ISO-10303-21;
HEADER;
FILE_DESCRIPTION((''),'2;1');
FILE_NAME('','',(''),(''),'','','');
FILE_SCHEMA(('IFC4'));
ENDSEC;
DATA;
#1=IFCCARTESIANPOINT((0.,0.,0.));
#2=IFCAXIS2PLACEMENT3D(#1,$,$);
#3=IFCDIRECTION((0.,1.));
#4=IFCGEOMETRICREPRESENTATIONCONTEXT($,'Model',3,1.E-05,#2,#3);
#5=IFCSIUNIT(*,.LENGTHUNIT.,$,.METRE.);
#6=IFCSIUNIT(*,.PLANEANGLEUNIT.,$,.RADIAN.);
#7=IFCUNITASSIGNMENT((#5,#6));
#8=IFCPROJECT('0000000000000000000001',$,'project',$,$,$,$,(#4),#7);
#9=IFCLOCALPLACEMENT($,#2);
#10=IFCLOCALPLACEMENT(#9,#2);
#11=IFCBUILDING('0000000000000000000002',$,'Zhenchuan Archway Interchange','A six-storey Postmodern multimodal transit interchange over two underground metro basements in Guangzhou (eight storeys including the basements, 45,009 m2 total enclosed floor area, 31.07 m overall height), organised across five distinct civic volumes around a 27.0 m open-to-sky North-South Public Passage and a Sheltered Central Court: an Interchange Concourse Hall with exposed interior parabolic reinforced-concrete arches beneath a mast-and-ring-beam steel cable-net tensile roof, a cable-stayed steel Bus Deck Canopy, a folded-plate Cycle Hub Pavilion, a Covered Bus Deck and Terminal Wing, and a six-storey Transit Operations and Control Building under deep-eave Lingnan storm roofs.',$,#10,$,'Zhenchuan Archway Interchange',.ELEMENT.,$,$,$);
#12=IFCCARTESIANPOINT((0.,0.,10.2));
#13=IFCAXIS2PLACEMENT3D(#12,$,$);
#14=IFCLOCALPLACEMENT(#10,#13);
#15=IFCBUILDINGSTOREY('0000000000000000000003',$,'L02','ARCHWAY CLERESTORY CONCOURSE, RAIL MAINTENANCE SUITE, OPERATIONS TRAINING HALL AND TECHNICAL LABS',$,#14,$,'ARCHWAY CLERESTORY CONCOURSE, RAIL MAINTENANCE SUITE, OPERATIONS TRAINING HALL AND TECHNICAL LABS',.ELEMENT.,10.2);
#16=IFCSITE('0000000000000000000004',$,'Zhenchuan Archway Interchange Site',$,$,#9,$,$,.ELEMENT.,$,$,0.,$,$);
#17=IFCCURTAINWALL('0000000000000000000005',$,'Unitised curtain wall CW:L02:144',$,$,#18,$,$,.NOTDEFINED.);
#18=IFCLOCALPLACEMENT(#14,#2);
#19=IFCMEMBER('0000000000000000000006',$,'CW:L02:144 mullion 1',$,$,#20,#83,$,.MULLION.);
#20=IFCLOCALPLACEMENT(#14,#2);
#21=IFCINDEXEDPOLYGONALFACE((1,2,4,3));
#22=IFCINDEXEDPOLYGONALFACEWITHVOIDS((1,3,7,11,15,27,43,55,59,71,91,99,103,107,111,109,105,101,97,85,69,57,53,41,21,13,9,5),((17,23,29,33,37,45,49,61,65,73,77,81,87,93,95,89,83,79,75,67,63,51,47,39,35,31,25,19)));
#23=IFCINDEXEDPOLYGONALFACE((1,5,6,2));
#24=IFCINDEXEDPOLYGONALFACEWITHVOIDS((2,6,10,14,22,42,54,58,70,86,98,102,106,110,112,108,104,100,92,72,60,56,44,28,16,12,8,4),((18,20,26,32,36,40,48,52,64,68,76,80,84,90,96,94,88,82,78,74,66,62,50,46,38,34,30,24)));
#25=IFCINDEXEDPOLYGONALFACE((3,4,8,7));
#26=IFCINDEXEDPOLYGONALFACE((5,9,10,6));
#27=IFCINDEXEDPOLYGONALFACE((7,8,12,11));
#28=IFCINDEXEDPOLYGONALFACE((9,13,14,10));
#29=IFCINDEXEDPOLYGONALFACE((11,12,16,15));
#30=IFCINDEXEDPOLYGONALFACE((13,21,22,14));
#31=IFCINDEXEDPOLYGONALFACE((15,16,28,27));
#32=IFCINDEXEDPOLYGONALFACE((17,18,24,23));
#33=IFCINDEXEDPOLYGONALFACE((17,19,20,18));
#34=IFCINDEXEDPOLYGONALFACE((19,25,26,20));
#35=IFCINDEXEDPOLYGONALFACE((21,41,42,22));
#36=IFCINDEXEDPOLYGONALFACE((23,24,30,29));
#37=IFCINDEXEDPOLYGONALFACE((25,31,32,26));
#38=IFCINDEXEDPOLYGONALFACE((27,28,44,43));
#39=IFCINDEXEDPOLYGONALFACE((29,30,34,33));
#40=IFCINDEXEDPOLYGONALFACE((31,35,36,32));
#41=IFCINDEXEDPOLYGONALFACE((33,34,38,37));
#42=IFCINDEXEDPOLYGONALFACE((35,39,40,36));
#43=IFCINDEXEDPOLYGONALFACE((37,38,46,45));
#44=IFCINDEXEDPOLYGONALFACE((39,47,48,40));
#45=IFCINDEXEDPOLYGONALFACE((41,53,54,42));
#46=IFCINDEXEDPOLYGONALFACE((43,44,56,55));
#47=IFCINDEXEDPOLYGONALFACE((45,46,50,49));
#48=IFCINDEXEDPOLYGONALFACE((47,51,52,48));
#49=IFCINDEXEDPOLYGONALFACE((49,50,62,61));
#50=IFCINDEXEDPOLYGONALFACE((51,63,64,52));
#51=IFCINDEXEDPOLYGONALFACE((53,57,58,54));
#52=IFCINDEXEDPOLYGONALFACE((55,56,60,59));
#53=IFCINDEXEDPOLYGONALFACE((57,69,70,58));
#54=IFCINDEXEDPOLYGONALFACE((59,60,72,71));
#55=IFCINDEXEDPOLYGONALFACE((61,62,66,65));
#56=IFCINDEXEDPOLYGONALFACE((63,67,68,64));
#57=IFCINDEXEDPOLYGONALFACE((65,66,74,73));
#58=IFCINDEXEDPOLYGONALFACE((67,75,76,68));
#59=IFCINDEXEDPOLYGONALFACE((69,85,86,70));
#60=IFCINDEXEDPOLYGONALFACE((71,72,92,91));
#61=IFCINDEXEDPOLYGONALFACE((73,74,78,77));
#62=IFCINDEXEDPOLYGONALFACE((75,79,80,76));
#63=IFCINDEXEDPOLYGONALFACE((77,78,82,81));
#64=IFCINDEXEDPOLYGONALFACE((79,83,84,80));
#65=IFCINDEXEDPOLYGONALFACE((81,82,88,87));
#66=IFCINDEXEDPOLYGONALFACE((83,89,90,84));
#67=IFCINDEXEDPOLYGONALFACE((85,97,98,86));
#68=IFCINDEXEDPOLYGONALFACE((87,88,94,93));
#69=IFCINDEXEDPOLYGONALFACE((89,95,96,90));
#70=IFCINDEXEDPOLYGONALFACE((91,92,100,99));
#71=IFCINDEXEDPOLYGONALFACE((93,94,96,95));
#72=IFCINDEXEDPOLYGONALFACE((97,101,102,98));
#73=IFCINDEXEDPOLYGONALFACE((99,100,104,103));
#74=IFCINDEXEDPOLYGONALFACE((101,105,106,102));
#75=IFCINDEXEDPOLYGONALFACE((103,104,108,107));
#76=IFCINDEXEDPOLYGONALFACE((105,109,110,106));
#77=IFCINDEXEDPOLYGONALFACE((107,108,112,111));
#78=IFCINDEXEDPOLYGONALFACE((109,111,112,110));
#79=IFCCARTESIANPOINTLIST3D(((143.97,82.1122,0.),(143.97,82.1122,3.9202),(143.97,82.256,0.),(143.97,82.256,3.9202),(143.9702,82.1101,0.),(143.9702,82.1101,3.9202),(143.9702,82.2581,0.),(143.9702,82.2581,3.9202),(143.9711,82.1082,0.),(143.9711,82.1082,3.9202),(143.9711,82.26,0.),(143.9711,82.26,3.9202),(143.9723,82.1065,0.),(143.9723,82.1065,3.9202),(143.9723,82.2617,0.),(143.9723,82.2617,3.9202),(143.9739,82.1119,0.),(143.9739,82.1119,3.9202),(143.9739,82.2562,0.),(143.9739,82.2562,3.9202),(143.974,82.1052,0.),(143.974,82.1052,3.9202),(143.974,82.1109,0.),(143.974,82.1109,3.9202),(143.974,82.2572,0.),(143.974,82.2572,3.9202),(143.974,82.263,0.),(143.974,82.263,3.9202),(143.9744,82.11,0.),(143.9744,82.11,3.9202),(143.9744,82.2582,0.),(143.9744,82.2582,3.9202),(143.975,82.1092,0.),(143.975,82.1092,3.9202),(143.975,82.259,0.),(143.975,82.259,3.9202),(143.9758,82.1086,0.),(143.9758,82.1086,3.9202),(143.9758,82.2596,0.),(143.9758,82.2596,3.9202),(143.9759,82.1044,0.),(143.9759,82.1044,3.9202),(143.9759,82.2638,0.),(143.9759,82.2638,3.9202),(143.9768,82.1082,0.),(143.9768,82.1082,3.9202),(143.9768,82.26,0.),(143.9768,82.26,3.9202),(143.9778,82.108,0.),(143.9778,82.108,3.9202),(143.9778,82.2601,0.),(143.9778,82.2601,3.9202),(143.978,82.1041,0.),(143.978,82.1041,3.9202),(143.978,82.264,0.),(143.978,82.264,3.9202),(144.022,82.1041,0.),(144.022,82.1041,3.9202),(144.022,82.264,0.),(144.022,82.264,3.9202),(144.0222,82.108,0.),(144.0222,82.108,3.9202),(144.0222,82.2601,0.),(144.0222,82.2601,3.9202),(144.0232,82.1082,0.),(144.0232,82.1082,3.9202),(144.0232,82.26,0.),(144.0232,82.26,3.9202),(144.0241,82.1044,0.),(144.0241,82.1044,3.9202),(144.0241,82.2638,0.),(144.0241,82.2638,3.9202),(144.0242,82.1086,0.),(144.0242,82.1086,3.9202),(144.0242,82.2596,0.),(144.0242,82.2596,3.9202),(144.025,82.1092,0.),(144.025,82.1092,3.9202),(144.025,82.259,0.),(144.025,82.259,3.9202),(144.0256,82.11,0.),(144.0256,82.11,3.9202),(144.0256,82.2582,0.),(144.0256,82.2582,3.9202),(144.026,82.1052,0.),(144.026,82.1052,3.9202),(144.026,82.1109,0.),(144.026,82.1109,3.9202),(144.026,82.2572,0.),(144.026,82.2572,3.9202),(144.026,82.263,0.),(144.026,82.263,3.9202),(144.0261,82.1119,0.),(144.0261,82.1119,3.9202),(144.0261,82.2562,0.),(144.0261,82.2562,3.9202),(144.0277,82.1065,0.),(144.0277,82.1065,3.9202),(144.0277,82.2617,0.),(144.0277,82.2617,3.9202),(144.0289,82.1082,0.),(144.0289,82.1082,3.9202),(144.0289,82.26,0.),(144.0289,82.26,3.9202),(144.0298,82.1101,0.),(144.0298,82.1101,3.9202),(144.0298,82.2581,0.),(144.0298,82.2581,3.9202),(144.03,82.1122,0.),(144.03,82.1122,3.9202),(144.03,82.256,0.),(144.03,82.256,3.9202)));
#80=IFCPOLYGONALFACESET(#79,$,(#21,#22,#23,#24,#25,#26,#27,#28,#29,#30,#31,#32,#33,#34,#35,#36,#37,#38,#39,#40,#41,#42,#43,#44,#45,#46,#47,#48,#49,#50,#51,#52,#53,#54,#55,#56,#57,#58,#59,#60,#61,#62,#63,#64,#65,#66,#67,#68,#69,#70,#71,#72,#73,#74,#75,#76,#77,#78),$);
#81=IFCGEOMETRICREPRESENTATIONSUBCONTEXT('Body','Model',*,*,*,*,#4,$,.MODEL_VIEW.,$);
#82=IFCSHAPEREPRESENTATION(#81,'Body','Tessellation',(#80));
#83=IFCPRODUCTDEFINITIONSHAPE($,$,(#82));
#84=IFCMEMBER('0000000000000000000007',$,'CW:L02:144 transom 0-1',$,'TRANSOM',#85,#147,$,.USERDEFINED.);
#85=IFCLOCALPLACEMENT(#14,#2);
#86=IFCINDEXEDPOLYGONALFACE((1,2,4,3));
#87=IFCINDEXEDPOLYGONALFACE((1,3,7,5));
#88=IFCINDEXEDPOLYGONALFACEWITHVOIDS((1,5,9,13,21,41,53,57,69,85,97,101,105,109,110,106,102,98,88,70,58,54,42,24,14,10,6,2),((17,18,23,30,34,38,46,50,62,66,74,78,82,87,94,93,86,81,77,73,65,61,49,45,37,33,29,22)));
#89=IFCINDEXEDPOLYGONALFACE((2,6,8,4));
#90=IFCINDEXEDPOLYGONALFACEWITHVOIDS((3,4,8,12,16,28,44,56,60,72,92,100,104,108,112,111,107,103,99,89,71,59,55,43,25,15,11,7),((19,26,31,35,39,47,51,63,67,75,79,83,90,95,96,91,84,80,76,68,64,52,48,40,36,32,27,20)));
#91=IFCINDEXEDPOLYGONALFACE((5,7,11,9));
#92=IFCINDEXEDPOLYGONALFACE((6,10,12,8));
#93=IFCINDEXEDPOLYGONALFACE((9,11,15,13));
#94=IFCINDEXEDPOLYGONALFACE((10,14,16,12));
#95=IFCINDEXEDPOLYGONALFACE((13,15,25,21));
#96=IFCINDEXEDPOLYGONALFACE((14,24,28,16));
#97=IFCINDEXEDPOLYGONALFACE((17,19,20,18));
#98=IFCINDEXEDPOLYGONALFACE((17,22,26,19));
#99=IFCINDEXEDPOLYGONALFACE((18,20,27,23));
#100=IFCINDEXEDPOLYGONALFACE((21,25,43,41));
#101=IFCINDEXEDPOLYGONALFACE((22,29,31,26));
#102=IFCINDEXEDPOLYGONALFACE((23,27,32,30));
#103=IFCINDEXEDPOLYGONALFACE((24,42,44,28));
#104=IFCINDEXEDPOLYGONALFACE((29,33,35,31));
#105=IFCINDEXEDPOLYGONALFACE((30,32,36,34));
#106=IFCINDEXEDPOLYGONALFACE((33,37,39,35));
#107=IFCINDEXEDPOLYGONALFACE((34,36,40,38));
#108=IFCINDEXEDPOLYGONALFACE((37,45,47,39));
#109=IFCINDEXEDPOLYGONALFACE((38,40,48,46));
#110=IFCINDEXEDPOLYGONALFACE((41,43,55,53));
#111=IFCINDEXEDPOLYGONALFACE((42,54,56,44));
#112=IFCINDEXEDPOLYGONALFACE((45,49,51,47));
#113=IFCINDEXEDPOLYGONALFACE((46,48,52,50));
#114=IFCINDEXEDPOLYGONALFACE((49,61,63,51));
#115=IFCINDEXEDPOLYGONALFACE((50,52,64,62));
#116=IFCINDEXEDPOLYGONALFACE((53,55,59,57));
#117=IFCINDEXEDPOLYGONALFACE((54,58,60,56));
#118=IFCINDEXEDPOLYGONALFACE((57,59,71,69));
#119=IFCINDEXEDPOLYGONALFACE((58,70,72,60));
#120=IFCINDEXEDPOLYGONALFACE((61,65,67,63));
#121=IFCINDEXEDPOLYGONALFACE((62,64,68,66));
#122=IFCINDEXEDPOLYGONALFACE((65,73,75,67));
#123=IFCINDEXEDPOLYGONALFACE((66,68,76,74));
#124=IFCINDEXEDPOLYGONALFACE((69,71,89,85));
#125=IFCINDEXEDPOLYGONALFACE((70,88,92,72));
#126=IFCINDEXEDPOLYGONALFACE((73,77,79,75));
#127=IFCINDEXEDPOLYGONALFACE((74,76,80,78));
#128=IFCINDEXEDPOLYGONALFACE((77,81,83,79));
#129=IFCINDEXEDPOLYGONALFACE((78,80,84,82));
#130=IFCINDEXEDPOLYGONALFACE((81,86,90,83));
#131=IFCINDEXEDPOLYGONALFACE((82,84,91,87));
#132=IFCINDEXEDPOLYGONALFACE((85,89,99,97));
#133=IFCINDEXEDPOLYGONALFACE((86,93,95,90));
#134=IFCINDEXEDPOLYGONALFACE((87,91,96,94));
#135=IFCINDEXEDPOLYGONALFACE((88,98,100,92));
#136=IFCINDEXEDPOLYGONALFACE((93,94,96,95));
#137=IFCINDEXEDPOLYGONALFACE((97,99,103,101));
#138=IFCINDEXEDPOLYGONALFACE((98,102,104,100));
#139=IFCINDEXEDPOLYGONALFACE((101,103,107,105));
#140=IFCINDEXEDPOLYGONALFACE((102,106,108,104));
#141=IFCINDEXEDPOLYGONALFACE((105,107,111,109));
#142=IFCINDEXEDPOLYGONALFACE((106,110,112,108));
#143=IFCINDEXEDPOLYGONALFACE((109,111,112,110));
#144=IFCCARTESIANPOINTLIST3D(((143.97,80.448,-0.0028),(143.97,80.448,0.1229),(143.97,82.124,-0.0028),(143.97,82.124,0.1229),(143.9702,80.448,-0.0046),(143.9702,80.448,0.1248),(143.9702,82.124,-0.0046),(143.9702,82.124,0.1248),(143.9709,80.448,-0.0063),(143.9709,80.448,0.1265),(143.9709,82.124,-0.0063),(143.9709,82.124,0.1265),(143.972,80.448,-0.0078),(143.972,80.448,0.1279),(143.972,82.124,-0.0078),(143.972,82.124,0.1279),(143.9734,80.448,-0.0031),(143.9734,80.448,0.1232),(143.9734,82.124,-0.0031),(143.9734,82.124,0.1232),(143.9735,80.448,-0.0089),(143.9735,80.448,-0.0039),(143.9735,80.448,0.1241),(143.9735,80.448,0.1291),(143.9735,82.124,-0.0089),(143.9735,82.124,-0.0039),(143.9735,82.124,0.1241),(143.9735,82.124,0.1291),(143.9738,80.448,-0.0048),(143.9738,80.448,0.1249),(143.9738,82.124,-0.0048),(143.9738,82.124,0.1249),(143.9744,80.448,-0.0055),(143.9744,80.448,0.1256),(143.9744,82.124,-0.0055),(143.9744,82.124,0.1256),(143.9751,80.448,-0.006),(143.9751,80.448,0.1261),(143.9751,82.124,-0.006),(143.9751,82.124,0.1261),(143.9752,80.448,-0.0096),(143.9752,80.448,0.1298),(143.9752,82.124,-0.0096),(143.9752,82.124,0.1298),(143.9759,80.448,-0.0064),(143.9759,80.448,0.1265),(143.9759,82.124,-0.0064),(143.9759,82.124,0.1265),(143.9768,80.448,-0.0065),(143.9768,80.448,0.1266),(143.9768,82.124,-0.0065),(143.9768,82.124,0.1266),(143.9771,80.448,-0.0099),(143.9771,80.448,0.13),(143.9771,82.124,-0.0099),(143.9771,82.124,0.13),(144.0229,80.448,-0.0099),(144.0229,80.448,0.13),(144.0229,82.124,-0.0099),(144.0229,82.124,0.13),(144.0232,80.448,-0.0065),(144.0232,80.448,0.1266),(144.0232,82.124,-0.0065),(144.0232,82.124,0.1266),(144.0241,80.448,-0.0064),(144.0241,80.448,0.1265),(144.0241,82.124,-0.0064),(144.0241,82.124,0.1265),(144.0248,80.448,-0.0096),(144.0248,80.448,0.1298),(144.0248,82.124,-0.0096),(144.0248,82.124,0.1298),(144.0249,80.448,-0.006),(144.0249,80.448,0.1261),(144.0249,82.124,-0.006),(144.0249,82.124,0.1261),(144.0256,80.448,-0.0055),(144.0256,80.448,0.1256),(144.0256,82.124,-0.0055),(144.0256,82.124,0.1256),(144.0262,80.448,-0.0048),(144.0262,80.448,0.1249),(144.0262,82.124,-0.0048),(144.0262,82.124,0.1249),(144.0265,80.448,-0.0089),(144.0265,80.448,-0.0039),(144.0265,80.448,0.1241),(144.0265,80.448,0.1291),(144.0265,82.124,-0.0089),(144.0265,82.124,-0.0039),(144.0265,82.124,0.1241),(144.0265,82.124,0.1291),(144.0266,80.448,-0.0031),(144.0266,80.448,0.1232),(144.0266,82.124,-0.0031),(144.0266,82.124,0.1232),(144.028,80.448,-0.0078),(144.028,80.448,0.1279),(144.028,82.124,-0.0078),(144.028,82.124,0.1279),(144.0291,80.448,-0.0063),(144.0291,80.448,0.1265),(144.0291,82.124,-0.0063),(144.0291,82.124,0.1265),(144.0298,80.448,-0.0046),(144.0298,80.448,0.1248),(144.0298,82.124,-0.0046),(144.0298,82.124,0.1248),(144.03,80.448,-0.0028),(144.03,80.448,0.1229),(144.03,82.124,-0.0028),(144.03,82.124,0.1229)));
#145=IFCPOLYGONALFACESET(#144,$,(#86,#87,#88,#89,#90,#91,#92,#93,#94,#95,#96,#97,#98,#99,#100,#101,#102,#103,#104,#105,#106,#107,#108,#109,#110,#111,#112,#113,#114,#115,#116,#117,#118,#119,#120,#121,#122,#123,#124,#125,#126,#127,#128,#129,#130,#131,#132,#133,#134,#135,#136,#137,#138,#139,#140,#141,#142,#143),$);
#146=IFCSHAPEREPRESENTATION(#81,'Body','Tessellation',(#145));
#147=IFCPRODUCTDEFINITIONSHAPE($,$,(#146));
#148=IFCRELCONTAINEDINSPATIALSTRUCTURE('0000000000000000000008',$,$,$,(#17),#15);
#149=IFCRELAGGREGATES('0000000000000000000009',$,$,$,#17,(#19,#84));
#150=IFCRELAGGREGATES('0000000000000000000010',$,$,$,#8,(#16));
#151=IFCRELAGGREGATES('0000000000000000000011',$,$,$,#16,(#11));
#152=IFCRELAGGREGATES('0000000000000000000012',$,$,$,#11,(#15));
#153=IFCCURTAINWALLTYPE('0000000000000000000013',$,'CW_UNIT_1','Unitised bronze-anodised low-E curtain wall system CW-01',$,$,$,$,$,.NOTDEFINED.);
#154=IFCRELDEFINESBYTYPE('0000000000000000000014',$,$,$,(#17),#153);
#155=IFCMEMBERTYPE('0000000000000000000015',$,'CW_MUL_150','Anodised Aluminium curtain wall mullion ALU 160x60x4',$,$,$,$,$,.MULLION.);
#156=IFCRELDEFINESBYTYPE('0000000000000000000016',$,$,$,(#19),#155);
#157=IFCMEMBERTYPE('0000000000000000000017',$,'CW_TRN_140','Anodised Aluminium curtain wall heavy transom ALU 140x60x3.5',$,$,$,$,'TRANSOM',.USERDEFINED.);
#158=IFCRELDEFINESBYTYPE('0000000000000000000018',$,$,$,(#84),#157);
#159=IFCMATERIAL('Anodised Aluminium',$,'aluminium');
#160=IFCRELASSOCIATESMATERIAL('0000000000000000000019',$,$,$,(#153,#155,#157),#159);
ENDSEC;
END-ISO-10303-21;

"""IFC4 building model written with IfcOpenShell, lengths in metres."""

from ifc_helpers import new_model, si_unit, direction, frame, origin, origin_2d, place, context, subcontext, project, spatial, hollow_rectangle, extrude, material, material_profile, profile_set, type_object, element, aggregate, save


model = new_model("IFC4")

# Units and contexts
model_context = context("Model", 3, precision=1e-05, world=origin(), true_north=direction((0.0, 1.0)))
body_context = subcontext(model_context, "Body", "Model", "MODEL_VIEW")
ifc_project = project(units=[si_unit("LENGTHUNIT", "METRE"), si_unit("PLANEANGLEUNIT", "RADIAN")], contexts=[model_context])

# Site, building, storey
site_placement = place(None, origin())
site = spatial("IfcSite", under=ifc_project, at=site_placement, Name="Zhenchuan Archway Interchange Site", CompositionType="ELEMENT", RefElevation=0.0)
building_placement = place(site_placement, origin())
building = spatial("IfcBuilding", under=site, at=building_placement, Name="Zhenchuan Archway Interchange", Description="A six-storey Postmodern multimodal transit interchange over two underground metro basements in Guangzhou (eight storeys including the basements, 45,009 m2 total enclosed floor area, 31.07 m overall height), organised across five distinct civic volumes around a 27.0 m open-to-sky North-South Public Passage and a Sheltered Central Court: an Interchange Concourse Hall with exposed interior parabolic reinforced-concrete arches beneath a mast-and-ring-beam steel cable-net tensile roof, a cable-stayed steel Bus Deck Canopy, a folded-plate Cycle Hub Pavilion, a Covered Bus Deck and Terminal Wing, and a six-storey Transit Operations and Control Building under deep-eave Lingnan storm roofs.", LongName="Zhenchuan Archway Interchange", CompositionType="ELEMENT")
storey_placement = place(building_placement, frame((0.0, 0.0, 10.2)))
storey = spatial("IfcBuildingStorey", under=building, at=storey_placement, Name="L02", Description="ARCHWAY CLERESTORY CONCOURSE, RAIL MAINTENANCE SUITE, OPERATIONS TRAINING HALL AND TECHNICAL LABS", LongName="ARCHWAY CLERESTORY CONCOURSE, RAIL MAINTENANCE SUITE, OPERATIONS TRAINING HALL AND TECHNICAL LABS", CompositionType="ELEMENT", Elevation=10.2)

# Curtain wall, members
ifc_material_1 = material(Name="Anodised Aluminium", Category="aluminium")
curtain_wall_type = type_object("IfcCurtainWallType", Name="CW_UNIT_1", Description="Unitised bronze-anodised low-E curtain wall system CW-01", PredefinedType="NOTDEFINED", material=ifc_material_1)
curtain_wall_placement = place(storey_placement, origin())
curtain_wall = element("IfcCurtainWall", 1, at=curtain_wall_placement, inside=storey, type_object=curtain_wall_type, Name="Unitised curtain wall CW:L02:144", PredefinedType="NOTDEFINED")
ifc_material_profile_1 = material_profile(ifc_material_1, hollow_rectangle(XDim=0.0601, YDim=0.1599, WallThickness=0.0039, InnerFilletRadius=0.0039, OuterFilletRadius=0.0081, at=origin_2d()), Name="ALU 160x60x4")
ifc_profile_set_1 = profile_set([ifc_material_profile_1], Name="Anodised Aluminium")
member_type_1 = type_object("IfcMemberType", Name="CW_MUL_150", Description="Anodised Aluminium curtain wall mullion ALU 160x60x4", PredefinedType="MULLION", material=ifc_profile_set_1)
member_1_placement = place(storey_placement, frame((144.0, 82.1841, 0.0), z_axis=(0.0, 0.0, 1.0), x_axis=(1.0, 0.0, 0.0)))
member_1 = element("IfcMember", 2, at=member_1_placement, type_object=member_type_1, Name="CW:L02:144 mullion 1", PredefinedType="MULLION", context=body_context, shape_type="SweptSolid", body=[
    extrude(hollow_rectangle(XDim=0.0601, YDim=0.1599, WallThickness=0.0039, InnerFilletRadius=0.0039, OuterFilletRadius=0.0081, at=origin_2d()), origin(), (0.0, 0.0, 1.0), 3.9202),
])
ifc_material_profile_2 = material_profile(ifc_material_1, hollow_rectangle(XDim=0.0601, YDim=0.1399, WallThickness=0.0034, InnerFilletRadius=0.0034, OuterFilletRadius=0.0071, at=origin_2d()), Name="ALU 140x60x3.5")
ifc_profile_set_2 = profile_set([ifc_material_profile_2], Name="Anodised Aluminium")
member_type_2 = type_object("IfcMemberType", Name="CW_TRN_140", Description="Anodised Aluminium curtain wall heavy transom ALU 140x60x3.5", ElementType="TRANSOM", PredefinedType="USERDEFINED", material=ifc_profile_set_2)
member_2_placement = place(storey_placement, frame((144.0, 80.448, 0.0601), z_axis=(0.0, 1.0, 0.0), x_axis=(-1.0, 0.0, 0.0)))
member_2 = element("IfcMember", 3, at=member_2_placement, type_object=member_type_2, Name="CW:L02:144 transom 0-1", ObjectType="TRANSOM", PredefinedType="USERDEFINED", context=body_context, shape_type="SweptSolid", body=[
    extrude(hollow_rectangle(XDim=0.0601, YDim=0.1399, WallThickness=0.0034, InnerFilletRadius=0.0034, OuterFilletRadius=0.0071, at=origin_2d()), origin(), (0.0, 0.0, 1.0), 1.676),
])

aggregate(curtain_wall, [member_1, member_2])

save(model, "model.ifc")
